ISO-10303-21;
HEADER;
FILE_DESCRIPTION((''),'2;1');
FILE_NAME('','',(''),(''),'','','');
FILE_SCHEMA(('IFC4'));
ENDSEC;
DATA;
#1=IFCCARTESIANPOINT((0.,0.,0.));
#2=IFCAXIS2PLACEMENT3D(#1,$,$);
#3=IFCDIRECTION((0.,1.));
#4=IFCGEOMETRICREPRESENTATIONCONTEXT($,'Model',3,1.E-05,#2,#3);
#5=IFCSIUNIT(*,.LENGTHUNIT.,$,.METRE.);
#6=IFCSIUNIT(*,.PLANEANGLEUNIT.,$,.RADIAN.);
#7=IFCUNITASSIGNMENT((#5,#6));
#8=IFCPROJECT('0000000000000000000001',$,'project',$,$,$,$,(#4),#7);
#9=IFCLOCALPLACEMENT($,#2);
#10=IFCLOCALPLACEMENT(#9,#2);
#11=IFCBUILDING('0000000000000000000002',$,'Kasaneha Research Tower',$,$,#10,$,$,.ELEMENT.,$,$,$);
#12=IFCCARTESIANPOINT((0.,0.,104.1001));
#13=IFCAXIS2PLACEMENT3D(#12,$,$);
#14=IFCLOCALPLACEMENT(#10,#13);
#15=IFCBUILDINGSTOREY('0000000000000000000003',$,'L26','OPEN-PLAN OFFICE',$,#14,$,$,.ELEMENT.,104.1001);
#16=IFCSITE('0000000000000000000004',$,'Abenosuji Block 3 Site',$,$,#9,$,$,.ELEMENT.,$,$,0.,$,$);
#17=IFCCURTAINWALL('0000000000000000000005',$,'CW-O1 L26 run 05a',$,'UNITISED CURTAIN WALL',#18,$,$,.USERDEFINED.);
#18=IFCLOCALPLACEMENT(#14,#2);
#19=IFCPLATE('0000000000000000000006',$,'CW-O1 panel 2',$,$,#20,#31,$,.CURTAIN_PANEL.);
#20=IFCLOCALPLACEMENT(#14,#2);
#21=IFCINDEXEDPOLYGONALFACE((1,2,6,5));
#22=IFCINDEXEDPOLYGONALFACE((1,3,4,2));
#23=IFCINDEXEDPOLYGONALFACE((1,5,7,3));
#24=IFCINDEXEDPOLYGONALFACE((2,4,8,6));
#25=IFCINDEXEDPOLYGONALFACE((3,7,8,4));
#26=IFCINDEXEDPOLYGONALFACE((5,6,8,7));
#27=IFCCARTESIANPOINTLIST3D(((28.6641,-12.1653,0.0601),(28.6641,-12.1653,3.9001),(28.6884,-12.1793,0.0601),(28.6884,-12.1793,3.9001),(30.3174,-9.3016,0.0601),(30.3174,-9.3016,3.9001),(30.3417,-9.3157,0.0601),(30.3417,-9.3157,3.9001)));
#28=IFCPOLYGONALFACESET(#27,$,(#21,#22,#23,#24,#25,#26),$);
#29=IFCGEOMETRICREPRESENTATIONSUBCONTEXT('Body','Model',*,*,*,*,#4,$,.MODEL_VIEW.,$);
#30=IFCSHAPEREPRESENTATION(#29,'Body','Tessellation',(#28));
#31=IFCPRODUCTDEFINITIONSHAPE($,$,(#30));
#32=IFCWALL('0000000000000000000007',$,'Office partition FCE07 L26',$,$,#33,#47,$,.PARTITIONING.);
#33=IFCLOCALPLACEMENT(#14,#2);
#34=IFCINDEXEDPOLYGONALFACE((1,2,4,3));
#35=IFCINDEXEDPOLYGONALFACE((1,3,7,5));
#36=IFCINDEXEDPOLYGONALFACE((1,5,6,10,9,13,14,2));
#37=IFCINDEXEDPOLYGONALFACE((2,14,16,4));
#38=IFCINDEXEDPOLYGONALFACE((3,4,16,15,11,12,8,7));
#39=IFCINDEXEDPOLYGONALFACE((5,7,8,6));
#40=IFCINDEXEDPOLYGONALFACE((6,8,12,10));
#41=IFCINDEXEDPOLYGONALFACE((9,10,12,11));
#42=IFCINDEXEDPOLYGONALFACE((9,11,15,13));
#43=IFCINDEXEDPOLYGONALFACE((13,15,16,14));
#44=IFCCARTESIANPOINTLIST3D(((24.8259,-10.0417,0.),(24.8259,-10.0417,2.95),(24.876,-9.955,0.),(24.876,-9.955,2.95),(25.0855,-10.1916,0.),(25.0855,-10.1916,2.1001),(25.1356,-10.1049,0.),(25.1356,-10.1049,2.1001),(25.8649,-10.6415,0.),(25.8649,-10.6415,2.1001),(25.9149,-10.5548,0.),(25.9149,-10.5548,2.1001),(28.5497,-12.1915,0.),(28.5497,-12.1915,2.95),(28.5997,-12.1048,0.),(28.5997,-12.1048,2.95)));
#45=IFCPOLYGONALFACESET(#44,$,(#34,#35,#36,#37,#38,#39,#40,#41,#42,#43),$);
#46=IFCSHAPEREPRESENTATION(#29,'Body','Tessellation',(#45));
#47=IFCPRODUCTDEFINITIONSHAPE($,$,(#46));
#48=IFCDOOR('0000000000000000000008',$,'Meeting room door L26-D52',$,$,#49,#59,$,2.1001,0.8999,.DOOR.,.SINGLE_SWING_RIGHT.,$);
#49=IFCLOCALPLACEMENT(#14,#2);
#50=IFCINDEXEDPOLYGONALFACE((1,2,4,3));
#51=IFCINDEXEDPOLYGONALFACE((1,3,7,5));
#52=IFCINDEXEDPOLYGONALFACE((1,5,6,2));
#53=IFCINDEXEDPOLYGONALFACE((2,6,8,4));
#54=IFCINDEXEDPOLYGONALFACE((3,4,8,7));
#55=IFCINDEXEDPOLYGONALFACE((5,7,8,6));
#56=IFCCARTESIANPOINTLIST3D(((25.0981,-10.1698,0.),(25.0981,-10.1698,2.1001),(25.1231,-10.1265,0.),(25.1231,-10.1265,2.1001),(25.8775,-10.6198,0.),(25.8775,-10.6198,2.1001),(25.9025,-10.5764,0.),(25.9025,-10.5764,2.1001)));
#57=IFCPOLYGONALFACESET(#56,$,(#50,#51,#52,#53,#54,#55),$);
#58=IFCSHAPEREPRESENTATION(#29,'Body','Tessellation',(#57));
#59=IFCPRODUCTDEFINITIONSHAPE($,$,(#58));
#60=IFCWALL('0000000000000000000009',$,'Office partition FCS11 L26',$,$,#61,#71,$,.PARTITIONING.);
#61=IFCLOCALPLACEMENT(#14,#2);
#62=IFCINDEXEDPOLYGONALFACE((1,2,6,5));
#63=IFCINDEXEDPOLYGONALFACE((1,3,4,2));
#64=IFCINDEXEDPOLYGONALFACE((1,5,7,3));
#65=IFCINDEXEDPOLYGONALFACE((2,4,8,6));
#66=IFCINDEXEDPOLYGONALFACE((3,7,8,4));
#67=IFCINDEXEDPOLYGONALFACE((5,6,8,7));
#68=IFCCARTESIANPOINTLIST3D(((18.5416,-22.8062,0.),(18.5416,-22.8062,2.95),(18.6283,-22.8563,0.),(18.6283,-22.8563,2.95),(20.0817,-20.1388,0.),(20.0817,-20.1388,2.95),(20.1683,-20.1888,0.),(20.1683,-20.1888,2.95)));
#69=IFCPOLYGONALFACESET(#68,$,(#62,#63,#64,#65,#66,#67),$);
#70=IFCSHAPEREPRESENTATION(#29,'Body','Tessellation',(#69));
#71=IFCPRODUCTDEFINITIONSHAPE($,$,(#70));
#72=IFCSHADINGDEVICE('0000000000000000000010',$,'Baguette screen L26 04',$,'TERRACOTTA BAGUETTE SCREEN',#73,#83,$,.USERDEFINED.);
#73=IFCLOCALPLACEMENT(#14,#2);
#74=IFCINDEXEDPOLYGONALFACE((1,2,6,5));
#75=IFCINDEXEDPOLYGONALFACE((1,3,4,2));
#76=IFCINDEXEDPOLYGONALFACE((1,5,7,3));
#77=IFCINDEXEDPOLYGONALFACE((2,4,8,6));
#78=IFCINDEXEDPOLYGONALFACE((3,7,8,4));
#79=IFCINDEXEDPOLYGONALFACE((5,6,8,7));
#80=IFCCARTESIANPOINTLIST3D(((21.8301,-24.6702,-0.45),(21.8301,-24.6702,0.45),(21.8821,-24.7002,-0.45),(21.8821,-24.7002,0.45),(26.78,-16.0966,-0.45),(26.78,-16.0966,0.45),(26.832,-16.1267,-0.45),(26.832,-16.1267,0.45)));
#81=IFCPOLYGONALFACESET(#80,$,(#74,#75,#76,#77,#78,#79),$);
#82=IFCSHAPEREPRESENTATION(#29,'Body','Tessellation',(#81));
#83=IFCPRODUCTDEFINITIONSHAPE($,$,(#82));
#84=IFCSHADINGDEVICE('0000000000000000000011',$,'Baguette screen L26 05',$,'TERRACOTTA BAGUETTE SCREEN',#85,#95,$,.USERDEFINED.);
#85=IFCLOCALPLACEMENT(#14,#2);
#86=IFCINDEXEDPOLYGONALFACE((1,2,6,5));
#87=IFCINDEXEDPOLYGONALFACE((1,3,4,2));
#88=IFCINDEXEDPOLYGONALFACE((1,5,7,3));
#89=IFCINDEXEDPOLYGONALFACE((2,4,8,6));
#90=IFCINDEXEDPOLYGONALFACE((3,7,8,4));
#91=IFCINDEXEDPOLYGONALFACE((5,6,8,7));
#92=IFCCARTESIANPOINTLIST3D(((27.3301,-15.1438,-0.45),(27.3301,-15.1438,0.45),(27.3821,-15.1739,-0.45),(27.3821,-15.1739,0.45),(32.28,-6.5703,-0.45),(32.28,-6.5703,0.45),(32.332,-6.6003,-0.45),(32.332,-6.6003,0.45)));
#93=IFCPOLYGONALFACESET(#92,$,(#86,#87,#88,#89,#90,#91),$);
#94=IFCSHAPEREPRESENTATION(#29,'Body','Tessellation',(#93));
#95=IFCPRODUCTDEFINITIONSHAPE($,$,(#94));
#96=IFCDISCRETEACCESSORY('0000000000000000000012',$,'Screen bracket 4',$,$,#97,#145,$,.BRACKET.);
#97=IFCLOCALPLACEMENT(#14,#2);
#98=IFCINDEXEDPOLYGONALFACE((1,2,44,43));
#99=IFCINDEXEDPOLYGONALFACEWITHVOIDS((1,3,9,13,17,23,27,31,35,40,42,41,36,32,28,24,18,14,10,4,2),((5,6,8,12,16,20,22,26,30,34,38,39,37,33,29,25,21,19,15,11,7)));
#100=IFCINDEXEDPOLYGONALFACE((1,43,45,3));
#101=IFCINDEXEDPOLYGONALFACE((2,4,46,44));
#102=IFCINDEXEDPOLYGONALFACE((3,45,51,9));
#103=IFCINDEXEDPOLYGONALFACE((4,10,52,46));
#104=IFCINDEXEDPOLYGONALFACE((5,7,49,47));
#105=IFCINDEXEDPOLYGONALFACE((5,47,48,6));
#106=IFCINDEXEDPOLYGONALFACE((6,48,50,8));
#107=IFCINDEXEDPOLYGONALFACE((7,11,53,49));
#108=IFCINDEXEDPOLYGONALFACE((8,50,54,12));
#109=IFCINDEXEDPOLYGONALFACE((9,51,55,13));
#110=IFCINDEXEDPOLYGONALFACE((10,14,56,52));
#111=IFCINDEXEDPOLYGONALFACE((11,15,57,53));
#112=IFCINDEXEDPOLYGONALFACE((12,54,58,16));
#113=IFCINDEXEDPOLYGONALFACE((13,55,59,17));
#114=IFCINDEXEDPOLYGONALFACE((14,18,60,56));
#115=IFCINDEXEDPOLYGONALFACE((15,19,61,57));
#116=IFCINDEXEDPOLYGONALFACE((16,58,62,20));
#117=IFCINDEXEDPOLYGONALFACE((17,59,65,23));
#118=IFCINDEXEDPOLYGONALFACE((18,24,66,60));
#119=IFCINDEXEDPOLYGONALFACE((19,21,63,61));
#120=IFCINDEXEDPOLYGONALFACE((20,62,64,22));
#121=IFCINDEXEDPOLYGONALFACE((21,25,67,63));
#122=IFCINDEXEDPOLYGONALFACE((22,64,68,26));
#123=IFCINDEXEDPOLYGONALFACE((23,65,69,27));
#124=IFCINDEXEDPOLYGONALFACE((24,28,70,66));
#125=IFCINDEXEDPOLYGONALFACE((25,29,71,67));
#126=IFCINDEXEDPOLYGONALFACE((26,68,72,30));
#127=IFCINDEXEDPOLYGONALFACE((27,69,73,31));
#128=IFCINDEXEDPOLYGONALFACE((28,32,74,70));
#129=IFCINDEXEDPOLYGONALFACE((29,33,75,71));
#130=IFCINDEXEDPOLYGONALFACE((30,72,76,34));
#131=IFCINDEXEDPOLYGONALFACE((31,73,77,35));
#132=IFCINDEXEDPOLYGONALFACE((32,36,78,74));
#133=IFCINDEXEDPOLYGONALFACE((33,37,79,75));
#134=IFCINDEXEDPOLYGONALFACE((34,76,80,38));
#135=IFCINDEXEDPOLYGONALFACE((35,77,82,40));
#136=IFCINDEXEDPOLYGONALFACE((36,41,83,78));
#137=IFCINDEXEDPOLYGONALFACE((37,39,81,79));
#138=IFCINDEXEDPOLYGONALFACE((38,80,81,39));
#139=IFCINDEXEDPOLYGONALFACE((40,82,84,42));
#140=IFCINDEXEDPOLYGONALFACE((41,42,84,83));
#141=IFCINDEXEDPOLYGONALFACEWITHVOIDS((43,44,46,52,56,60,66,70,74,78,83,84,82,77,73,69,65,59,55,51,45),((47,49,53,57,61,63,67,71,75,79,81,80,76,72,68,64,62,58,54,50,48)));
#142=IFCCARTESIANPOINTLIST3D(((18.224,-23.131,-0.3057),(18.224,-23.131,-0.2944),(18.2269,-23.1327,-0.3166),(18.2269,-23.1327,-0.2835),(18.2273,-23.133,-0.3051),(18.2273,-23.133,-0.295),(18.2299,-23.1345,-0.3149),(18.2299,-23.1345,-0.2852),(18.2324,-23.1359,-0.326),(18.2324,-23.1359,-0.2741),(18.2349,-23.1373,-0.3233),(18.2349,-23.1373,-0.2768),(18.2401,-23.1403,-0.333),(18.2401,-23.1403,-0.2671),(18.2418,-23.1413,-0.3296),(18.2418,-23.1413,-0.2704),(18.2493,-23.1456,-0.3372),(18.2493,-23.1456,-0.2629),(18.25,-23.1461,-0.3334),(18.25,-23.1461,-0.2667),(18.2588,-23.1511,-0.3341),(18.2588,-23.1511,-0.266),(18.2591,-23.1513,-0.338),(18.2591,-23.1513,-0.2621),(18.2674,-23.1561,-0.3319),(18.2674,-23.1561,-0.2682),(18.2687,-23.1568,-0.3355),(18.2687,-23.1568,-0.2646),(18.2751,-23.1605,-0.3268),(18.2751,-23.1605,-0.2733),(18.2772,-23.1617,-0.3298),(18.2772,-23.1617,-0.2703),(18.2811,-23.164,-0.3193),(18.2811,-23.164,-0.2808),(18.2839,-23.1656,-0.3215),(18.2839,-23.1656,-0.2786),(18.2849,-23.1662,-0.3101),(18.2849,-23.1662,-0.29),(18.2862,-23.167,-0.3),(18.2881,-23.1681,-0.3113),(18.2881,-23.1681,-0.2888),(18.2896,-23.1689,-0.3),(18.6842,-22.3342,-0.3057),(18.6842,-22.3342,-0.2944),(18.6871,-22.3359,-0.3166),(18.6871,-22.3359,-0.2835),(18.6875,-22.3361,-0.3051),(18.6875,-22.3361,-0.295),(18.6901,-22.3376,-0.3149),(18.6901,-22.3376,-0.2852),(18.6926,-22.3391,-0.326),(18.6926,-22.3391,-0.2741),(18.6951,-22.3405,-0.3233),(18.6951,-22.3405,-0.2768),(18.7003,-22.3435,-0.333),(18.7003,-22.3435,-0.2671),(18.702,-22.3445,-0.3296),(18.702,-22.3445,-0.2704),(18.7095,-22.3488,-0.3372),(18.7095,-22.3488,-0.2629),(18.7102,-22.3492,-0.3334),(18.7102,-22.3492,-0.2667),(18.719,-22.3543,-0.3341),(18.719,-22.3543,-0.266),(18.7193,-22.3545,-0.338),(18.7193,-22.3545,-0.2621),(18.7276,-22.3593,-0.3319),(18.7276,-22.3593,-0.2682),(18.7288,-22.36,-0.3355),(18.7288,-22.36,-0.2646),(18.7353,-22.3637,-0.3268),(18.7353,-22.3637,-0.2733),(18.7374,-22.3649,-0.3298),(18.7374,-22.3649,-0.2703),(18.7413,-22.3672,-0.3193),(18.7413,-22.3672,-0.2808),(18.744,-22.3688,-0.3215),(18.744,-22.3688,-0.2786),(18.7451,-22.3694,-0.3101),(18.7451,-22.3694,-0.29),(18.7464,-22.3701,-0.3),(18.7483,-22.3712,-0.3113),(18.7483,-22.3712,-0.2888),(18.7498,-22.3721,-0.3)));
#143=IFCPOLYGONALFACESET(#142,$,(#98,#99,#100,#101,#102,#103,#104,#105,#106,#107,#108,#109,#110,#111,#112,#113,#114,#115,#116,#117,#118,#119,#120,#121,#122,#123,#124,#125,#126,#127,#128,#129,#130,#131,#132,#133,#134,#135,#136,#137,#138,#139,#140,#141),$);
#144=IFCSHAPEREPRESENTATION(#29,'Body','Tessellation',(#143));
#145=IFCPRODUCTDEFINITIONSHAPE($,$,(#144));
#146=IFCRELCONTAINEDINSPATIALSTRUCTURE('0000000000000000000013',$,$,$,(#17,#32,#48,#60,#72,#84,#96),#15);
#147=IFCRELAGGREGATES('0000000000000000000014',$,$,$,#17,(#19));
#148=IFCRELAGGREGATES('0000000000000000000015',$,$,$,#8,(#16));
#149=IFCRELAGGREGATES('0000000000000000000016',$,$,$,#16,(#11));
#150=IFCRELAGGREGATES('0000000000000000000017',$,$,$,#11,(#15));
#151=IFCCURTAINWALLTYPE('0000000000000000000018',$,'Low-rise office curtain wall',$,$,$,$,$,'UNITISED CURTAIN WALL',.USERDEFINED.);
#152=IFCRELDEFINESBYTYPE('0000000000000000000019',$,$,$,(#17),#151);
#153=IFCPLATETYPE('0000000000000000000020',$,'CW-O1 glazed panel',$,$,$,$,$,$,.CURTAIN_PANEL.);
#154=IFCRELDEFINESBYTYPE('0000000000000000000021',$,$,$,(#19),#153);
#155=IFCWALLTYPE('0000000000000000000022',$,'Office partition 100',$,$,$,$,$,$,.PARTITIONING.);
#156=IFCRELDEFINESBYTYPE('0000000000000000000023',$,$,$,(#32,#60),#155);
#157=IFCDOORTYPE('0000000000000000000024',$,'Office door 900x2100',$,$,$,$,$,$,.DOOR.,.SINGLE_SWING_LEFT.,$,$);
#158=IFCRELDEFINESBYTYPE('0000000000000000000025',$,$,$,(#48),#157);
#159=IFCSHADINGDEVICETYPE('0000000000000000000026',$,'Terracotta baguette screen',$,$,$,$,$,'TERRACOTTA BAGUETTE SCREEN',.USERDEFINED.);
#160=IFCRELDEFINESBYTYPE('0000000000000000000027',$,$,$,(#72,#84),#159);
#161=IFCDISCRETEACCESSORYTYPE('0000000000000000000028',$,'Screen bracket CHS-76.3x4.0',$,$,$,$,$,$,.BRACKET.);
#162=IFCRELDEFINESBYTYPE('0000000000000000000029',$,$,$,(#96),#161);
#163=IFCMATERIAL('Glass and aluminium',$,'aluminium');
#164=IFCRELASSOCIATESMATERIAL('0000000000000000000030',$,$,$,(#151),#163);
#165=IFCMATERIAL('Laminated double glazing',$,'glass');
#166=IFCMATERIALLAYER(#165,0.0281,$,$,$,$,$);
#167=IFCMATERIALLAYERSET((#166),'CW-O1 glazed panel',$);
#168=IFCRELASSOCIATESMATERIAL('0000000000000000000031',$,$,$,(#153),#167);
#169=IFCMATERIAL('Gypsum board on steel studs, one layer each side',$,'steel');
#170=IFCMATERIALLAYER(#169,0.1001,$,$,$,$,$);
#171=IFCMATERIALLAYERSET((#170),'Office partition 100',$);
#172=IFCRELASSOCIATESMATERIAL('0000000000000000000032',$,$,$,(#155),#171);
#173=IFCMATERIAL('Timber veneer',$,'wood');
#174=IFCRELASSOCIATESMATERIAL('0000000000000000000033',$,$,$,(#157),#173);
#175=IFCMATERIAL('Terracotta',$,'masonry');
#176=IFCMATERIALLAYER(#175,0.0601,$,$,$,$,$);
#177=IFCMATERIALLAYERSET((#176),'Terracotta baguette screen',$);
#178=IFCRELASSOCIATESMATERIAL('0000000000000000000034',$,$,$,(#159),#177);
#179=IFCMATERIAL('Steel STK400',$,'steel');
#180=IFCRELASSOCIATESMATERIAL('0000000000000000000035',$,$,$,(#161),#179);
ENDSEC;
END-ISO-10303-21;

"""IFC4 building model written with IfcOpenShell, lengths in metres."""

from ifc_helpers import new_model, si_unit, direction, frame, frame_2d, origin, origin_2d, place, context, subcontext, project, spatial, rectangle, hollow_circle, extrude, material, layer, layer_set, material_profile, profile_set, type_object, element, fill, aggregate, save


model = new_model("IFC4")

# Units and contexts
model_context = context("Model", 3, precision=1e-05, world=origin(), true_north=direction((0.0, 1.0)))
body_context = subcontext(model_context, "Body", "Model", "MODEL_VIEW")
ifc_project = project(units=[si_unit("LENGTHUNIT", "METRE"), si_unit("PLANEANGLEUNIT", "RADIAN")], contexts=[model_context])

# Site, building, storey
site_placement = place(None, origin())
site = spatial("IfcSite", under=ifc_project, at=site_placement, Name="Abenosuji Block 3 Site", CompositionType="ELEMENT", RefElevation=0.0)
building_placement = place(site_placement, origin())
building = spatial("IfcBuilding", under=site, at=building_placement, Name="Kasaneha Research Tower", CompositionType="ELEMENT")
storey_placement = place(building_placement, frame((0.0, 0.0, 104.1001)))
storey = spatial("IfcBuildingStorey", under=building, at=storey_placement, Name="L26", Description="OPEN-PLAN OFFICE", CompositionType="ELEMENT", Elevation=104.1001)

# Curtain wall
ifc_material_1 = material(Name="Glass and aluminium", Category="aluminium")
curtain_wall_type = type_object("IfcCurtainWallType", Name="Low-rise office curtain wall", ElementType="UNITISED CURTAIN WALL", PredefinedType="USERDEFINED", material=ifc_material_1)
curtain_wall_1_placement = place(storey_placement, origin())
curtain_wall_1 = element("IfcCurtainWall", 1, at=curtain_wall_1_placement, inside=storey, type_object=curtain_wall_type, Name="CW-O1 L26 run 05a", ObjectType="UNITISED CURTAIN WALL", PredefinedType="USERDEFINED")

# Plate
ifc_material_2 = material(Name="Laminated double glazing", Category="glass")
ifc_layer_1 = layer(ifc_material_2, 0.0281)
ifc_layer_set_1 = layer_set([ifc_layer_1], Name="CW-O1 glazed panel")
plate_type = type_object("IfcPlateType", Name="CW-O1 glazed panel", PredefinedType="CURTAIN_PANEL", material=ifc_layer_set_1)
plate_1_placement = place(storey_placement, frame((29.5029, -10.7405, 0.0601), z_axis=(0.0, 0.0, 1.0), x_axis=(0.5, 0.866025, 0.0)))
plate_1 = element("IfcPlate", 2, at=plate_1_placement, type_object=plate_type, Name="CW-O1 panel 2", PredefinedType="CURTAIN_PANEL", context=body_context, shape_type="SweptSolid", body=[
    extrude(rectangle(XDim=3.3066, YDim=0.0281, at=origin_2d()), origin(), (0.0, 0.0, 1.0), 3.8401),
])
aggregate(curtain_wall_1, [plate_1])

# Wall, opening, door
ifc_material_3 = material(Name="Gypsum board on steel studs, one layer each side", Category="steel")
ifc_layer_2 = layer(ifc_material_3, 0.1001)
ifc_layer_set_2 = layer_set([ifc_layer_2], Name="Office partition 100")
wall_type = type_object("IfcWallType", Name="Office partition 100", PredefinedType="PARTITIONING", material=ifc_layer_set_2)
wall_1_placement = place(storey_placement, frame((28.5747, -12.1482, 0.0), z_axis=(0.0, 0.0, 1.0), x_axis=(-0.866033, 0.499986, 0.0)))
wall_1 = element("IfcWall", 3, at=wall_1_placement, inside=storey, type_object=wall_type, Name="Office partition FCE07 L26", PredefinedType="PARTITIONING", context=body_context, shape_type="SweptSolid", body=[
    extrude(rectangle(XDim=4.2998, YDim=0.1001, at=frame_2d((2.1499, 0.0))), origin(), (0.0, 0.0, 1.0), 2.95),
])
opening_placement = place(wall_1_placement, frame((3.1001, 0.0, 0.0)))
opening = element("IfcOpeningElement", 4, at=opening_placement, cuts=wall_1, PredefinedType="OPENING", context=body_context, shape_type="SweptSolid", body=[
    extrude(rectangle(XDim=0.8999, YDim=2.1001, at=frame_2d((0.45, 1.05))), frame((0.0, 0.0601, 0.0), z_axis=(0.0, -1.0, 0.0), x_axis=(1.0, 0.0, 0.0)), (0.0, 0.0, 1.0), 0.1201),
])
ifc_material_4 = material(Name="Timber veneer", Category="wood")
door_type = type_object("IfcDoorType", Name="Office door 900x2100", OperationType="SINGLE_SWING_LEFT", PredefinedType="DOOR", material=ifc_material_4)
door_placement = place(opening_placement, origin())
door = element("IfcDoor", 5, at=door_placement, inside=storey, type_object=door_type, Name="Meeting room door L26-D52", OperationType="SINGLE_SWING_RIGHT", OverallHeight=2.1001, OverallWidth=0.8999, PredefinedType="DOOR", context=body_context, shape_type="SweptSolid", body=[
    extrude(rectangle(XDim=0.8999, YDim=2.1001, at=frame_2d((0.45, 1.05))), frame((0.0, 0.0249, 0.0), z_axis=(0.0, -1.0, 0.0), x_axis=(1.0, 0.0, 0.0)), (0.0, 0.0, 1.0), 0.05),
])
fill(opening, door)

# Wall
wall_2_placement = place(storey_placement, frame((20.125, -20.1638, 0.0), z_axis=(0.0, 0.0, 1.0), x_axis=(-0.499992, -0.86603, 0.0)))
element("IfcWall", 6, at=wall_2_placement, inside=storey, type_object=wall_type, Name="Office partition FCS11 L26", PredefinedType="PARTITIONING", context=body_context, shape_type="SweptSolid", body=[
    extrude(rectangle(XDim=3.0801, YDim=0.1001, at=frame_2d((1.54, 0.0))), origin(), (0.0, 0.0, 1.0), 2.95),
])

# Shading devices
ifc_material_5 = material(Name="Terracotta", Category="masonry")
ifc_layer_3 = layer(ifc_material_5, 0.0601)
ifc_layer_set_3 = layer_set([ifc_layer_3], Name="Terracotta baguette screen")
shading_device_type = type_object("IfcShadingDeviceType", Name="Terracotta baguette screen", ElementType="TERRACOTTA BAGUETTE SCREEN", PredefinedType="USERDEFINED", material=ifc_layer_set_3)
for number, where, z_axis, x_axis, name in (
    (7, (24.3311, -20.3984, -0.45), (0.0, 0.0, 1.0), (0.5, 0.866025, 0.0), "Baguette screen L26 04"),
    (8, (29.8311, -10.8721, -0.45), (0.0, 0.0, 1.0), (0.5, 0.866025, 0.0), "Baguette screen L26 05"),
):
    element("IfcShadingDevice", number, at=place(storey_placement, frame(where, z_axis=z_axis, x_axis=x_axis)), inside=storey, type_object=shading_device_type, Name=name, ObjectType="TERRACOTTA BAGUETTE SCREEN", PredefinedType="USERDEFINED", context=body_context, shape_type="SweptSolid", body=[
        extrude(rectangle(XDim=9.8999, YDim=0.0601, at=origin_2d()), origin(), (0.0, 0.0, 1.0), 0.8999),
    ])

# Discrete accessory
ifc_material_6 = material(Name="Steel STK400", Category="steel")
ifc_material_profile_1 = material_profile(ifc_material_6, hollow_circle(Radius=0.0381, WallThickness=0.0039, at=origin_2d()), Name="CHS-76.3x4.0")
ifc_profile_set_1 = profile_set([ifc_material_profile_1], Name="Steel STK400")
discrete_accessory_type = type_object("IfcDiscreteAccessoryType", Name="Screen bracket CHS-76.3x4.0", PredefinedType="BRACKET", material=ifc_profile_set_1)
discrete_accessory_1_placement = place(storey_placement, frame((18.7168, -22.353, -0.3), z_axis=(-0.500105, -0.865965, 0.0), x_axis=(0.865965, -0.500105, 0.0)))
element("IfcDiscreteAccessory", 9, at=discrete_accessory_1_placement, inside=storey, type_object=discrete_accessory_type, Name="Screen bracket 4", PredefinedType="BRACKET", context=body_context, shape_type="SweptSolid", body=[
    extrude(hollow_circle(Radius=0.0381, WallThickness=0.0039, at=origin_2d()), origin(), (0.0, 0.0, 1.0), 0.9202),
])

save(model, "model.ifc")
